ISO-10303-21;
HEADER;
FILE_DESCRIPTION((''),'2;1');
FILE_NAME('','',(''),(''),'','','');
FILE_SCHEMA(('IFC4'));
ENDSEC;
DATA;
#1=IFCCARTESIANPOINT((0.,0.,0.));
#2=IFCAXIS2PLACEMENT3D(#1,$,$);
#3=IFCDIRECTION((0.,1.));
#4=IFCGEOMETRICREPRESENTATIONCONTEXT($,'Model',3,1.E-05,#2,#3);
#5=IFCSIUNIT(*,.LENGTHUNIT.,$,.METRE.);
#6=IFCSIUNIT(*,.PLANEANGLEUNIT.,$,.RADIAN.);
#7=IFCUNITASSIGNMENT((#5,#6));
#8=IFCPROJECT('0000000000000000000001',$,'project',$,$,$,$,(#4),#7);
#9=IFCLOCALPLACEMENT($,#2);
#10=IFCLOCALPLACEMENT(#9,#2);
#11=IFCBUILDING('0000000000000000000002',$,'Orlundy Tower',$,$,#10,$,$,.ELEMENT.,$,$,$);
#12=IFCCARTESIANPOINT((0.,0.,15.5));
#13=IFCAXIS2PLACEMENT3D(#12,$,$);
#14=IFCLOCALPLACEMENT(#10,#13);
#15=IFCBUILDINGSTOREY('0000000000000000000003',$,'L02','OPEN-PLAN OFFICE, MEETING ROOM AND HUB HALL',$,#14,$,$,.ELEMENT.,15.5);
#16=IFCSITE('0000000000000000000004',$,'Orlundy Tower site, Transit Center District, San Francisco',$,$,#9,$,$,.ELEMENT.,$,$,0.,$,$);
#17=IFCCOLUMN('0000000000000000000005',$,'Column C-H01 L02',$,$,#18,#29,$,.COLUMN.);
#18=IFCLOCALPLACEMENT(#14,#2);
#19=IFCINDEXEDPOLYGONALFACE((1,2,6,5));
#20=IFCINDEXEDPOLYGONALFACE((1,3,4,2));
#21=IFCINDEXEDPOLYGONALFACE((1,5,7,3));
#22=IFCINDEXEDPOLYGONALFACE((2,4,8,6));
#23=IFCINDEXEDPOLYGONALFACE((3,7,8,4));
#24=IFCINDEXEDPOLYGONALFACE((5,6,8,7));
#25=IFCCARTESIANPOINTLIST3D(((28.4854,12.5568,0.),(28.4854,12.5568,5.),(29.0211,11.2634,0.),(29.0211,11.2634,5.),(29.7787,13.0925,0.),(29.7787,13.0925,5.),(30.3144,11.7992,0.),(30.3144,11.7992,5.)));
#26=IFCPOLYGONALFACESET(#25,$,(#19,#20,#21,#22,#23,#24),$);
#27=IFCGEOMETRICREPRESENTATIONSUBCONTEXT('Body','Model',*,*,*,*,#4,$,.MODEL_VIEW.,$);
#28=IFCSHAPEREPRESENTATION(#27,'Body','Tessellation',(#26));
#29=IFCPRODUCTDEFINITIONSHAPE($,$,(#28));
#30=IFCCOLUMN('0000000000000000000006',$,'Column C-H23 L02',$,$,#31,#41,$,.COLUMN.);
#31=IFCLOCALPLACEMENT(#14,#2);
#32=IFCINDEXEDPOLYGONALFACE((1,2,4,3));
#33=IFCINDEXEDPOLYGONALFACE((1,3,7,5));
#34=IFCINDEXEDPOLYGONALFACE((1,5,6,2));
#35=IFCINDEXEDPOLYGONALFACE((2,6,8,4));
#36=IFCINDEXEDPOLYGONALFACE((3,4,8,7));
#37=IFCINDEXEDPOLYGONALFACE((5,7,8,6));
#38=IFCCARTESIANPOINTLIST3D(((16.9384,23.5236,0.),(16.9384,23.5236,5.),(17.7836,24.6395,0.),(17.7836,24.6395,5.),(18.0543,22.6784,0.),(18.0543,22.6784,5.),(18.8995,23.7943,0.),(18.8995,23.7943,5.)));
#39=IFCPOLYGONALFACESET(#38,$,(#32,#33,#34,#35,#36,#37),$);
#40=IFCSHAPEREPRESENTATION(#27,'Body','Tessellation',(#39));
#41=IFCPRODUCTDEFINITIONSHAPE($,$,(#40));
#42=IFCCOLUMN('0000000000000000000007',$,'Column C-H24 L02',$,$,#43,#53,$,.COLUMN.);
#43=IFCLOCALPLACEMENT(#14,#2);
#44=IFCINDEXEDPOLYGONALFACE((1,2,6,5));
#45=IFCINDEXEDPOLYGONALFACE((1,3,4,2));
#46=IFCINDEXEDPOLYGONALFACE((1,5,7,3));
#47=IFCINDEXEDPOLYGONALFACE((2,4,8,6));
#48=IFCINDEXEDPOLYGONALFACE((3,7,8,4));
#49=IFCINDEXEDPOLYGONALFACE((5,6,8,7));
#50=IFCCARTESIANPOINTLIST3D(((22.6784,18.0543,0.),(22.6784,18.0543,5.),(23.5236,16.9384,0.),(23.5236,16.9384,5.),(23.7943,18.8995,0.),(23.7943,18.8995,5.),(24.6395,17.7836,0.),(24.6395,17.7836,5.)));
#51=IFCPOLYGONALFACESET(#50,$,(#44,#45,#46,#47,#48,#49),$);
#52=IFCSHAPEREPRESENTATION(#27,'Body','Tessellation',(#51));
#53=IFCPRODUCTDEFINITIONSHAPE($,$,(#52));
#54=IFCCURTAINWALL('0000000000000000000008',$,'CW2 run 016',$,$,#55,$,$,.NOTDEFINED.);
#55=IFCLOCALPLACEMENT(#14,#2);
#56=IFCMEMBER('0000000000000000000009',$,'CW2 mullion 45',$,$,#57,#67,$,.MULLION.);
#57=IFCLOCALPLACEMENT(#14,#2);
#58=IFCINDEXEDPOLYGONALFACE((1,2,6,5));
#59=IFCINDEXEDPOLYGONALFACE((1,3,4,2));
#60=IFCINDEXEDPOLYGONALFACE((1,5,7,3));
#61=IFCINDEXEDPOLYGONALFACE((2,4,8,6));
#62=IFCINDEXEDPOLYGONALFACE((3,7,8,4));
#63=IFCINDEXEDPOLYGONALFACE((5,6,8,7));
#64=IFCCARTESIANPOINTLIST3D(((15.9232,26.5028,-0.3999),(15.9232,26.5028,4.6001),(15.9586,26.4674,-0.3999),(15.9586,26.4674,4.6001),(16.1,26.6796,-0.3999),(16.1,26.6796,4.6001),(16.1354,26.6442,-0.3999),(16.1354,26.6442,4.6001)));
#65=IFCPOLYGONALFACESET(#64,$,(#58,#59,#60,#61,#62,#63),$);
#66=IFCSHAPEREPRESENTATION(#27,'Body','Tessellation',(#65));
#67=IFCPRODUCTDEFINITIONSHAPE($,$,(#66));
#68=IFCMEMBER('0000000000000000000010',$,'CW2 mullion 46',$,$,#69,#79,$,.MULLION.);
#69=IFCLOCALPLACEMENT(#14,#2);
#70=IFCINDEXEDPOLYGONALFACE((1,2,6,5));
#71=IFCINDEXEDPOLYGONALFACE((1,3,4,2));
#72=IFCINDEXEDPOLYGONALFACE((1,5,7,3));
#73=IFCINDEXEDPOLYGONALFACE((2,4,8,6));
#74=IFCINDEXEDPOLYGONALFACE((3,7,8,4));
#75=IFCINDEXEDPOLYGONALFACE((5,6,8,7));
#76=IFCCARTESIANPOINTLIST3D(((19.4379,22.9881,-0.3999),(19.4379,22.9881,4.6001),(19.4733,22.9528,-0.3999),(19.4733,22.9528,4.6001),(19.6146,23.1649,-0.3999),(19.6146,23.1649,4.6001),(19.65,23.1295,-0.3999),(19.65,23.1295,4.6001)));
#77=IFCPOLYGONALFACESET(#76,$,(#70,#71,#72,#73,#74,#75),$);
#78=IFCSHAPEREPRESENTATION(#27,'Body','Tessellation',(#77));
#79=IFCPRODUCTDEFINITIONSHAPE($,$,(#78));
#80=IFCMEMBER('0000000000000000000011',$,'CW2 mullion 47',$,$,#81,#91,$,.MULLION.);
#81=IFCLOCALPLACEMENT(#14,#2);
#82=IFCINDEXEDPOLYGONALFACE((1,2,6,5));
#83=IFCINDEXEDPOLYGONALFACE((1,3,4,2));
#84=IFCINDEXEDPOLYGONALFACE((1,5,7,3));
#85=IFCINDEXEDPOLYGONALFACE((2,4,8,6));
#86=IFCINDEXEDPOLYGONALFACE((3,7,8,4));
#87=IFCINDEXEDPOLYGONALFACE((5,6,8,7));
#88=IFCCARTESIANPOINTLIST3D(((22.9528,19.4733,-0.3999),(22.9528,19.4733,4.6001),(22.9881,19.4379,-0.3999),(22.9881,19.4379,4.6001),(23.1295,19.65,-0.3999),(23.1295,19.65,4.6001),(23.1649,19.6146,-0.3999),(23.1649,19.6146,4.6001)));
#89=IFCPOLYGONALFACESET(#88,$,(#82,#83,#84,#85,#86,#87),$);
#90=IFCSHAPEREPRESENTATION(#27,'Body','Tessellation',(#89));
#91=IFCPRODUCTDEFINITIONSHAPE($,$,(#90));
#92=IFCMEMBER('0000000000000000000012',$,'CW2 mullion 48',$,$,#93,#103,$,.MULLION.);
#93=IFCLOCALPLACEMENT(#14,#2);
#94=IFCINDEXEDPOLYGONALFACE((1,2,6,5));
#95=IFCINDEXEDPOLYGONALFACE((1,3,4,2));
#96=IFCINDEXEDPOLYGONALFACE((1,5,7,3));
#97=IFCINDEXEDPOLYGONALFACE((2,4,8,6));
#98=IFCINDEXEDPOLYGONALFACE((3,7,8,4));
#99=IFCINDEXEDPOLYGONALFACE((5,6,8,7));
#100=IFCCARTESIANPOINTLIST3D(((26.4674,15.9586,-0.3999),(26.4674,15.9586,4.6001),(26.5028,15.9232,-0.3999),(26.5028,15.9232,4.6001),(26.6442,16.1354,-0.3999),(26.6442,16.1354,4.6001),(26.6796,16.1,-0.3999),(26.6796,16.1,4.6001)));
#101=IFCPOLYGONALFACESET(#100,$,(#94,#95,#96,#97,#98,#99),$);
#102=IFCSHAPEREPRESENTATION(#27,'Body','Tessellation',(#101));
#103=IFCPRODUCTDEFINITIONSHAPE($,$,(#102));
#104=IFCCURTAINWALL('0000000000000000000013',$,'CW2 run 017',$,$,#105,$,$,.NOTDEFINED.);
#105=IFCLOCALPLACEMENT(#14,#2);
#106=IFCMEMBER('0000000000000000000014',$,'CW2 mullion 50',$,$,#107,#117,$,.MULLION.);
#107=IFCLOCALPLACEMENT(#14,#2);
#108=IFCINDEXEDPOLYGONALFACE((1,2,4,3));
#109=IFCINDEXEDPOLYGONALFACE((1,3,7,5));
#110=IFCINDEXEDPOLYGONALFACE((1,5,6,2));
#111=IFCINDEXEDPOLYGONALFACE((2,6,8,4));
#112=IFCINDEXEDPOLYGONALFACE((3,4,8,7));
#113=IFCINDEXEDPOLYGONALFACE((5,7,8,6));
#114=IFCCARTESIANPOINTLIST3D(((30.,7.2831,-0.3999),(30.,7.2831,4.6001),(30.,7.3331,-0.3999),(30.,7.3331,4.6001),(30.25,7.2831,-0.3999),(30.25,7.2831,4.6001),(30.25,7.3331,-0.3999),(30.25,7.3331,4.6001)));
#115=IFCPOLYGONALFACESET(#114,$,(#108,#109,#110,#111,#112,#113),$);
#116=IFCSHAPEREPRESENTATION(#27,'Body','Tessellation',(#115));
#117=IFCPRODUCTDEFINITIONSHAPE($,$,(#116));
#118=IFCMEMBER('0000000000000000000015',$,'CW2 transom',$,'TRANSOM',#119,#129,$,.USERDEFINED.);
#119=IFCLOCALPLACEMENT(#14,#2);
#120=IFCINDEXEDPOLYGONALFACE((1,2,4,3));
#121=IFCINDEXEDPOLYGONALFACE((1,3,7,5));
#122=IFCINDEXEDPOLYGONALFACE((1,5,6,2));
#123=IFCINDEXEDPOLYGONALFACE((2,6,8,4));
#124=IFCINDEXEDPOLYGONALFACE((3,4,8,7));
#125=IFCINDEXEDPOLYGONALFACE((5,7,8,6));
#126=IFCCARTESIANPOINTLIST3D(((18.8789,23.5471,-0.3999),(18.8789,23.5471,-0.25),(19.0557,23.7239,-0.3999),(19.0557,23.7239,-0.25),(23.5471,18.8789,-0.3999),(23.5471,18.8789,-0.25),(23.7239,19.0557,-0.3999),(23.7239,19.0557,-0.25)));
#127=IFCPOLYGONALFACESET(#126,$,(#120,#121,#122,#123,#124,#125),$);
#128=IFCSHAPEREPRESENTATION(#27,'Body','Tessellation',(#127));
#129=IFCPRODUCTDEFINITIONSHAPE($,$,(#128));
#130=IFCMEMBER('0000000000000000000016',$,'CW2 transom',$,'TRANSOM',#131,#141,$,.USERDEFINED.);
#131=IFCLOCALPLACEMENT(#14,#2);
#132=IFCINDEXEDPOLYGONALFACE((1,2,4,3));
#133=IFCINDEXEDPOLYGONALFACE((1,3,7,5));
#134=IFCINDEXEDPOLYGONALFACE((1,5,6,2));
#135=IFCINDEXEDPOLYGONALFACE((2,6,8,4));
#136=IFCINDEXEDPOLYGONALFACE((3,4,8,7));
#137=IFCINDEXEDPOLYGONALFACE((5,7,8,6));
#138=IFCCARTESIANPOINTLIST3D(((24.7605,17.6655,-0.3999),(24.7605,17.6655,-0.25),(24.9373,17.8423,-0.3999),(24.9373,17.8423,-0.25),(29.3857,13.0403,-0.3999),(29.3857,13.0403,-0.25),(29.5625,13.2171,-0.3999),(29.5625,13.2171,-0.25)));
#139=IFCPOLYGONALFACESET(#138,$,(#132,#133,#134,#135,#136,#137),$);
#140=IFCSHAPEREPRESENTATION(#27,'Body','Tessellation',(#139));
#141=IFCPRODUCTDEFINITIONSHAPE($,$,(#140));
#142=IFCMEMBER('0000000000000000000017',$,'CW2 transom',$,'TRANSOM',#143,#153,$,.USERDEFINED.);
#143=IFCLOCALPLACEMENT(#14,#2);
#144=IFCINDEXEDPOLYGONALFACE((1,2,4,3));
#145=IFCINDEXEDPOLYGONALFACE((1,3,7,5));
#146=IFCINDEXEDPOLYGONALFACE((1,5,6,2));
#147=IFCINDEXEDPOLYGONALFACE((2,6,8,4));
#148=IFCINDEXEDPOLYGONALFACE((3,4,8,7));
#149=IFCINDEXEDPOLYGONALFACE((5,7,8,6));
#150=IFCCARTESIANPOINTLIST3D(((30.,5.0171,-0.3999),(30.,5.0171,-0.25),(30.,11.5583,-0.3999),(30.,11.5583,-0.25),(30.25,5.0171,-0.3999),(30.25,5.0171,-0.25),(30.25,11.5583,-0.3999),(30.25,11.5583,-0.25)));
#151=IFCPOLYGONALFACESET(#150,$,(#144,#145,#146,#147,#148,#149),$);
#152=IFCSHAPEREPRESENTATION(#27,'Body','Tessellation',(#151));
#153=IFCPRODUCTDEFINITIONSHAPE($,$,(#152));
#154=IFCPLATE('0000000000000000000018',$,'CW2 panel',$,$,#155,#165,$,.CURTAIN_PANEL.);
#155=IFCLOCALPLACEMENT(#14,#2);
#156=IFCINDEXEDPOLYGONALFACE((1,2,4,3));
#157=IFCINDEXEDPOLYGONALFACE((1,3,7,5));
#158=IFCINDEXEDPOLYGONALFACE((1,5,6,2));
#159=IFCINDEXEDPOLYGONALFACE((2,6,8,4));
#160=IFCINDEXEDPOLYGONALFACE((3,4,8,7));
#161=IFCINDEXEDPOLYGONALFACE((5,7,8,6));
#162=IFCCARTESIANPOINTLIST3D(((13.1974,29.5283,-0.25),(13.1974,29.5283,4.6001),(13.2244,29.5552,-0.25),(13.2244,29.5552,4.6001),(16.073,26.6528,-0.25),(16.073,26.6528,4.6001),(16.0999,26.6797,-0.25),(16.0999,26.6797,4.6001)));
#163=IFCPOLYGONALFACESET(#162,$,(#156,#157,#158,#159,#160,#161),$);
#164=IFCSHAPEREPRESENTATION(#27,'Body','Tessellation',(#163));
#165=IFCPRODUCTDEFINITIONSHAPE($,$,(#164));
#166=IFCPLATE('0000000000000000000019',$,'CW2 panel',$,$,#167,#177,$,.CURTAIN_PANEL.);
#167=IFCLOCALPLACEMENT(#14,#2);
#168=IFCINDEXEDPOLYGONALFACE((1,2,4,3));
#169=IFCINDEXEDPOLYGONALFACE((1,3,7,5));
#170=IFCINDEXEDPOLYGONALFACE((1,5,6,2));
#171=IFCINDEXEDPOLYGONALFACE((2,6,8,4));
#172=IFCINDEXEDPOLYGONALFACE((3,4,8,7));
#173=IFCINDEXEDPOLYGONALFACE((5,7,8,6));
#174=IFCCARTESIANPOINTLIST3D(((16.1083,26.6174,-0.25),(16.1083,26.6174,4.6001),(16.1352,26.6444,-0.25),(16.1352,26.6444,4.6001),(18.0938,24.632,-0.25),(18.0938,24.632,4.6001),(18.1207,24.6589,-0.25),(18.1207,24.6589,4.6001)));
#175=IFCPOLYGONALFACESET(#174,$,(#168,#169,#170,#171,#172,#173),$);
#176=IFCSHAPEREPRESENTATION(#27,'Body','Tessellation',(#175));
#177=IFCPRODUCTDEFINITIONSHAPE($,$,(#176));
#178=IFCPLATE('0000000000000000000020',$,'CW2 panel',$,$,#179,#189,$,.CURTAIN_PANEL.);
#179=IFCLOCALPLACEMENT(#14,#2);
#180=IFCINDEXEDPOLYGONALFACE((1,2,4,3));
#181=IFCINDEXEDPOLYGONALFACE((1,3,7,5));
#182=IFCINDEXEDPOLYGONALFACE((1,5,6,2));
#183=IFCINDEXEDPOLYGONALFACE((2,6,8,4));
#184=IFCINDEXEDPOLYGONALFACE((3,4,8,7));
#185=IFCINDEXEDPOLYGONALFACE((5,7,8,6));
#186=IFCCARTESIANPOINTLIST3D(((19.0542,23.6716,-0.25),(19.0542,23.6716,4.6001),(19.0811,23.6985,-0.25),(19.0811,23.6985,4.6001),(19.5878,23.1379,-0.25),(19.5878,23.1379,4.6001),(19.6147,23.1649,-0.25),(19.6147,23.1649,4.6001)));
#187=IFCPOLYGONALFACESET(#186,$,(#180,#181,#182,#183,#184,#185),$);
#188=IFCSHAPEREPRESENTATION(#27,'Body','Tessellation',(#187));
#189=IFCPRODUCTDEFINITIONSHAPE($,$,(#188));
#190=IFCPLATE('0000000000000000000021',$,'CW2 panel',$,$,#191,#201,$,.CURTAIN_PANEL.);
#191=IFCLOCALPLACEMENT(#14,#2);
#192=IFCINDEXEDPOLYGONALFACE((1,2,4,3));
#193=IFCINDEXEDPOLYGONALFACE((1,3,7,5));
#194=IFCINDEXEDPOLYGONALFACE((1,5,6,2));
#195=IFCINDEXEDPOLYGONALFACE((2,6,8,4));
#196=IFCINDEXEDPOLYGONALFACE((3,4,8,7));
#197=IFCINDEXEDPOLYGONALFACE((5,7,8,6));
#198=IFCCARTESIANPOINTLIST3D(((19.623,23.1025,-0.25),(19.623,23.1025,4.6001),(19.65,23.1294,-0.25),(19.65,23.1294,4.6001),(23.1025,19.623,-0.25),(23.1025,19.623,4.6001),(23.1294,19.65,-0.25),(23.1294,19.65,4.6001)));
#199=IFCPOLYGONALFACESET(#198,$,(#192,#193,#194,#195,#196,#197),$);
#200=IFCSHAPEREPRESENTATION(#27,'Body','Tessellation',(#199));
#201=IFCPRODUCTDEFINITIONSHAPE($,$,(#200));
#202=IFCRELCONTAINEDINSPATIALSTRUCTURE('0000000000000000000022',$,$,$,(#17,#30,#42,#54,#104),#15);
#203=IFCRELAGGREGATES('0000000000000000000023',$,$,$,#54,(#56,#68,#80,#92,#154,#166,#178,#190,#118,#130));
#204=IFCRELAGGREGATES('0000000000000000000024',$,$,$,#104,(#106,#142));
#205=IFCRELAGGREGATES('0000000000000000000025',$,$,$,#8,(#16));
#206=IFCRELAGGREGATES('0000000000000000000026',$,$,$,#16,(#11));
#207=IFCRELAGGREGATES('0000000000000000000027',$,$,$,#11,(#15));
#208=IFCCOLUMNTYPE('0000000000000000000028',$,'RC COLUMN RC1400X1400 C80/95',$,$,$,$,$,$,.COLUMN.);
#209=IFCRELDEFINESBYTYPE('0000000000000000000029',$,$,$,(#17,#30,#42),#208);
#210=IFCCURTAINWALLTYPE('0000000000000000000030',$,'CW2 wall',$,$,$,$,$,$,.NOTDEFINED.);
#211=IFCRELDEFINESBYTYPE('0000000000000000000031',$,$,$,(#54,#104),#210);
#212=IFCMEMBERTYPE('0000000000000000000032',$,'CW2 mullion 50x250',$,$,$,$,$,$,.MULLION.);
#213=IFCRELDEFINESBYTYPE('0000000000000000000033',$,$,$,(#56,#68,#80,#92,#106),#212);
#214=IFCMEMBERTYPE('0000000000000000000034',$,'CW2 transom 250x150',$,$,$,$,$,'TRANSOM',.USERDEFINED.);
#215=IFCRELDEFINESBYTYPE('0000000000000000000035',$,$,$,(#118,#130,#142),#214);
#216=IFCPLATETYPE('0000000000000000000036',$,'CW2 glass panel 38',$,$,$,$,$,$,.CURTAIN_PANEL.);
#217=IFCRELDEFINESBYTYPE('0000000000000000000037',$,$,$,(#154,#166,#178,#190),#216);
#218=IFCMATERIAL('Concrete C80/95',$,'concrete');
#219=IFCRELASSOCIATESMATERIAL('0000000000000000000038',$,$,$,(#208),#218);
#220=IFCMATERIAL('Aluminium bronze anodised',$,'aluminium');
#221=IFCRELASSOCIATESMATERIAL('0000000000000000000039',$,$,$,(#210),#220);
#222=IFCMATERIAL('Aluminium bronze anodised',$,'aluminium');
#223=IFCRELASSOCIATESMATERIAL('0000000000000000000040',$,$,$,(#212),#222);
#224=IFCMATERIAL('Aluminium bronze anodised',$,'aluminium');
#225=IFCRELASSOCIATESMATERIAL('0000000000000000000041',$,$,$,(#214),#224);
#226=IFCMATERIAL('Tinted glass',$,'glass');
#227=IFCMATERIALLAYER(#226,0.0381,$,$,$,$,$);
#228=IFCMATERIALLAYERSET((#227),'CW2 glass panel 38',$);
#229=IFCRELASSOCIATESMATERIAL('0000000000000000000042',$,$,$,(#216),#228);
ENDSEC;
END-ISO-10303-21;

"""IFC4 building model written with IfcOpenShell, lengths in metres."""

from ifc_helpers import new_model, si_unit, direction, frame, origin, origin_2d, place, context, subcontext, project, spatial, rectangle, extrude, material, layer, layer_set, material_profile, profile_set, type_object, element, aggregate, save


model = new_model("IFC4")

# Units and contexts
model_context = context("Model", 3, precision=1e-05, world=origin(), true_north=direction((0.0, 1.0)))
body_context = subcontext(model_context, "Body", "Model", "MODEL_VIEW")
ifc_project = project(units=[si_unit("LENGTHUNIT", "METRE"), si_unit("PLANEANGLEUNIT", "RADIAN")], contexts=[model_context])

# Site, building, storey
site_placement = place(None, origin())
site = spatial("IfcSite", under=ifc_project, at=site_placement, Name="Orlundy Tower site, Transit Center District, San Francisco", CompositionType="ELEMENT", RefElevation=0.0)
building_placement = place(site_placement, origin())
building = spatial("IfcBuilding", under=site, at=building_placement, Name="Orlundy Tower", CompositionType="ELEMENT")
storey_placement = place(building_placement, frame((0.0, 0.0, 15.5)))
storey = spatial("IfcBuildingStorey", under=building, at=storey_placement, Name="L02", Description="OPEN-PLAN OFFICE, MEETING ROOM AND HUB HALL", CompositionType="ELEMENT", Elevation=15.5)

# Columns
ifc_material_1 = material(Name="Concrete C80/95", Category="concrete")
ifc_material_profile_1 = material_profile(ifc_material_1, rectangle(XDim=1.3999, YDim=1.3999, at=origin_2d()), Name="RC1400X1400")
ifc_profile_set_1 = profile_set([ifc_material_profile_1], Name="Concrete C80/95")
column_type = type_object("IfcColumnType", Name="RC COLUMN RC1400X1400 C80/95", PredefinedType="COLUMN", material=ifc_profile_set_1)
for number, where, z_axis, x_axis, name in (
    (1, (29.3999, 12.178, 0.0), (0.0, 0.0, 1.0), (0.92388, 0.382683, 0.0), "Column C-H01 L02"),
    (2, (17.9189, 23.6589, 0.0), (0.0, 0.0, 1.0), (0.603765, 0.797163, 0.0), "Column C-H23 L02"),
    (3, (23.6589, 17.9189, 0.0), (0.0, 0.0, 1.0), (0.797163, 0.603765, 0.0), "Column C-H24 L02"),
):
    element("IfcColumn", number, at=place(storey_placement, frame(where, z_axis=z_axis, x_axis=x_axis)), inside=storey, type_object=column_type, Name=name, PredefinedType="COLUMN", context=body_context, shape_type="SweptSolid", body=[
        extrude(rectangle(XDim=1.3999, YDim=1.3999, at=origin_2d()), origin(), (0.0, 0.0, 1.0), 5.0),
    ])

# Curtain wall, members
ifc_material_2 = material(Name="Aluminium bronze anodised", Category="aluminium")
curtain_wall_type = type_object("IfcCurtainWallType", Name="CW2 wall", PredefinedType="NOTDEFINED", material=ifc_material_2)
curtain_wall_1_placement = place(storey_placement, origin())
curtain_wall_1 = element("IfcCurtainWall", 4, at=curtain_wall_1_placement, inside=storey, type_object=curtain_wall_type, Name="CW2 run 016", PredefinedType="NOTDEFINED")
ifc_material_3 = material(Name="Aluminium bronze anodised", Category="aluminium")
ifc_material_profile_2 = material_profile(ifc_material_3, rectangle(XDim=0.25, YDim=0.05, at=origin_2d()), Name="CW2 mullion 50x250")
ifc_profile_set_2 = profile_set([ifc_material_profile_2], Name="Aluminium bronze anodised")
member_type_1 = type_object("IfcMemberType", Name="CW2 mullion 50x250", PredefinedType="MULLION", material=ifc_profile_set_2)
member_1_placement = place(storey_placement, frame((16.0293, 26.5735, -0.3999), z_axis=(0.0, 0.0, 1.0), x_axis=(0.707107, 0.707107, 0.0)))
member_1 = element("IfcMember", 5, at=member_1_placement, type_object=member_type_1, Name="CW2 mullion 45", PredefinedType="MULLION", context=body_context, shape_type="SweptSolid", body=[
    extrude(rectangle(XDim=0.25, YDim=0.05, at=origin_2d()), origin(), (0.0, 0.0, 1.0), 5.0),
])
member_2_placement = place(storey_placement, frame((19.5439, 23.0588, -0.3999), z_axis=(0.0, 0.0, 1.0), x_axis=(0.707107, 0.707107, 0.0)))
member_2 = element("IfcMember", 6, at=member_2_placement, type_object=member_type_1, Name="CW2 mullion 46", PredefinedType="MULLION", context=body_context, shape_type="SweptSolid", body=[
    extrude(rectangle(XDim=0.25, YDim=0.05, at=origin_2d()), origin(), (0.0, 0.0, 1.0), 5.0),
])
member_3_placement = place(storey_placement, frame((23.0588, 19.5439, -0.3999), z_axis=(0.0, 0.0, 1.0), x_axis=(0.707107, 0.707107, 0.0)))
member_3 = element("IfcMember", 7, at=member_3_placement, type_object=member_type_1, Name="CW2 mullion 47", PredefinedType="MULLION", context=body_context, shape_type="SweptSolid", body=[
    extrude(rectangle(XDim=0.25, YDim=0.05, at=origin_2d()), origin(), (0.0, 0.0, 1.0), 5.0),
])
member_4_placement = place(storey_placement, frame((26.5735, 16.0293, -0.3999), z_axis=(0.0, 0.0, 1.0), x_axis=(0.707107, 0.707107, 0.0)))
member_4 = element("IfcMember", 8, at=member_4_placement, type_object=member_type_1, Name="CW2 mullion 48", PredefinedType="MULLION", context=body_context, shape_type="SweptSolid", body=[
    extrude(rectangle(XDim=0.25, YDim=0.05, at=origin_2d()), origin(), (0.0, 0.0, 1.0), 5.0),
])

# Curtain wall, member
curtain_wall_2_placement = place(storey_placement, origin())
curtain_wall_2 = element("IfcCurtainWall", 9, at=curtain_wall_2_placement, inside=storey, type_object=curtain_wall_type, Name="CW2 run 017", PredefinedType="NOTDEFINED")
member_5_placement = place(storey_placement, frame((30.125, 7.3081, -0.3999), z_axis=(0.0, 0.0, 1.0), x_axis=(1.0, 0.0, 0.0)))
member_5 = element("IfcMember", 10, at=member_5_placement, type_object=member_type_1, Name="CW2 mullion 50", PredefinedType="MULLION", context=body_context, shape_type="SweptSolid", body=[
    extrude(rectangle(XDim=0.25, YDim=0.05, at=origin_2d()), origin(), (0.0, 0.0, 1.0), 5.0),
])

# Members
ifc_material_4 = material(Name="Aluminium bronze anodised", Category="aluminium")
ifc_material_profile_3 = material_profile(ifc_material_4, rectangle(XDim=0.25, YDim=0.1499, at=origin_2d()), Name="CW2 transom 250x150")
ifc_profile_set_3 = profile_set([ifc_material_profile_3], Name="Aluminium bronze anodised")
member_type_2 = type_object("IfcMemberType", Name="CW2 transom 250x150", ElementType="TRANSOM", PredefinedType="USERDEFINED", material=ifc_profile_set_3)
member_6_placement = place(storey_placement, frame((18.9673, 23.6355, -0.325), z_axis=(0.707107, -0.707107, 0.0), x_axis=(0.707107, 0.707107, 0.0)))
member_6 = element("IfcMember", 11, at=member_6_placement, type_object=member_type_2, Name="CW2 transom", ObjectType="TRANSOM", PredefinedType="USERDEFINED", context=body_context, shape_type="SweptSolid", body=[
    extrude(rectangle(XDim=0.25, YDim=0.1499, at=origin_2d()), origin(), (0.0, 0.0, 1.0), 6.6018),
])
member_7_placement = place(storey_placement, frame((24.8489, 17.7539, -0.325), z_axis=(0.707107, -0.707107, 0.0), x_axis=(0.707107, 0.707107, 0.0)))
member_7 = element("IfcMember", 12, at=member_7_placement, type_object=member_type_2, Name="CW2 transom", ObjectType="TRANSOM", PredefinedType="USERDEFINED", context=body_context, shape_type="SweptSolid", body=[
    extrude(rectangle(XDim=0.25, YDim=0.1499, at=origin_2d()), origin(), (0.0, 0.0, 1.0), 6.541),
])
member_8_placement = place(storey_placement, frame((30.125, 11.5583, -0.325), z_axis=(0.0, -1.0, 0.0), x_axis=(1.0, 0.0, 0.0)))
member_8 = element("IfcMember", 13, at=member_8_placement, type_object=member_type_2, Name="CW2 transom", ObjectType="TRANSOM", PredefinedType="USERDEFINED", context=body_context, shape_type="SweptSolid", body=[
    extrude(rectangle(XDim=0.25, YDim=0.1499, at=origin_2d()), origin(), (0.0, 0.0, 1.0), 6.5413),
])

# Plates
ifc_material_5 = material(Name="Tinted glass", Category="glass")
ifc_layer_1 = layer(ifc_material_5, 0.0381)
ifc_layer_set_1 = layer_set([ifc_layer_1], Name="CW2 glass panel 38")
plate_type = type_object("IfcPlateType", Name="CW2 glass panel 38", PredefinedType="CURTAIN_PANEL", material=ifc_layer_set_1)
plate_1_placement = place(storey_placement, frame((14.6487, 28.104, -0.25), z_axis=(0.0, 0.0, 1.0), x_axis=(0.707107, -0.707107, 0.0)))
plate_1 = element("IfcPlate", 14, at=plate_1_placement, type_object=plate_type, Name="CW2 panel", PredefinedType="CURTAIN_PANEL", context=body_context, shape_type="SweptSolid", body=[
    extrude(rectangle(XDim=4.0667, YDim=0.0381, at=origin_2d()), origin(), (0.0, 0.0, 1.0), 4.8501),
])
plate_2_placement = place(storey_placement, frame((17.1145, 25.6382, -0.25), z_axis=(0.0, 0.0, 1.0), x_axis=(0.707107, -0.707107, 0.0)))
plate_2 = element("IfcPlate", 15, at=plate_2_placement, type_object=plate_type, Name="CW2 panel", PredefinedType="CURTAIN_PANEL", context=body_context, shape_type="SweptSolid", body=[
    extrude(rectangle(XDim=2.8079, YDim=0.0381, at=origin_2d()), origin(), (0.0, 0.0, 1.0), 4.8501),
])
plate_3_placement = place(storey_placement, frame((19.3345, 23.4182, -0.25), z_axis=(0.0, 0.0, 1.0), x_axis=(0.707107, -0.707107, 0.0)))
plate_3 = element("IfcPlate", 16, at=plate_3_placement, type_object=plate_type, Name="CW2 panel", PredefinedType="CURTAIN_PANEL", context=body_context, shape_type="SweptSolid", body=[
    extrude(rectangle(XDim=0.7546, YDim=0.0381, at=origin_2d()), origin(), (0.0, 0.0, 1.0), 4.8501),
])
plate_4_placement = place(storey_placement, frame((21.3762, 21.3762, -0.25), z_axis=(0.0, 0.0, 1.0), x_axis=(0.707107, -0.707107, 0.0)))
plate_4 = element("IfcPlate", 17, at=plate_4_placement, type_object=plate_type, Name="CW2 panel", PredefinedType="CURTAIN_PANEL", context=body_context, shape_type="SweptSolid", body=[
    extrude(rectangle(XDim=4.9207, YDim=0.0381, at=origin_2d()), origin(), (0.0, 0.0, 1.0), 4.8501),
])
aggregate(curtain_wall_1, [member_1, member_2, member_3, member_4, plate_1, plate_2, plate_3, plate_4, member_6, member_7])
aggregate(curtain_wall_2, [member_5, member_8])

save(model, "model.ifc")
